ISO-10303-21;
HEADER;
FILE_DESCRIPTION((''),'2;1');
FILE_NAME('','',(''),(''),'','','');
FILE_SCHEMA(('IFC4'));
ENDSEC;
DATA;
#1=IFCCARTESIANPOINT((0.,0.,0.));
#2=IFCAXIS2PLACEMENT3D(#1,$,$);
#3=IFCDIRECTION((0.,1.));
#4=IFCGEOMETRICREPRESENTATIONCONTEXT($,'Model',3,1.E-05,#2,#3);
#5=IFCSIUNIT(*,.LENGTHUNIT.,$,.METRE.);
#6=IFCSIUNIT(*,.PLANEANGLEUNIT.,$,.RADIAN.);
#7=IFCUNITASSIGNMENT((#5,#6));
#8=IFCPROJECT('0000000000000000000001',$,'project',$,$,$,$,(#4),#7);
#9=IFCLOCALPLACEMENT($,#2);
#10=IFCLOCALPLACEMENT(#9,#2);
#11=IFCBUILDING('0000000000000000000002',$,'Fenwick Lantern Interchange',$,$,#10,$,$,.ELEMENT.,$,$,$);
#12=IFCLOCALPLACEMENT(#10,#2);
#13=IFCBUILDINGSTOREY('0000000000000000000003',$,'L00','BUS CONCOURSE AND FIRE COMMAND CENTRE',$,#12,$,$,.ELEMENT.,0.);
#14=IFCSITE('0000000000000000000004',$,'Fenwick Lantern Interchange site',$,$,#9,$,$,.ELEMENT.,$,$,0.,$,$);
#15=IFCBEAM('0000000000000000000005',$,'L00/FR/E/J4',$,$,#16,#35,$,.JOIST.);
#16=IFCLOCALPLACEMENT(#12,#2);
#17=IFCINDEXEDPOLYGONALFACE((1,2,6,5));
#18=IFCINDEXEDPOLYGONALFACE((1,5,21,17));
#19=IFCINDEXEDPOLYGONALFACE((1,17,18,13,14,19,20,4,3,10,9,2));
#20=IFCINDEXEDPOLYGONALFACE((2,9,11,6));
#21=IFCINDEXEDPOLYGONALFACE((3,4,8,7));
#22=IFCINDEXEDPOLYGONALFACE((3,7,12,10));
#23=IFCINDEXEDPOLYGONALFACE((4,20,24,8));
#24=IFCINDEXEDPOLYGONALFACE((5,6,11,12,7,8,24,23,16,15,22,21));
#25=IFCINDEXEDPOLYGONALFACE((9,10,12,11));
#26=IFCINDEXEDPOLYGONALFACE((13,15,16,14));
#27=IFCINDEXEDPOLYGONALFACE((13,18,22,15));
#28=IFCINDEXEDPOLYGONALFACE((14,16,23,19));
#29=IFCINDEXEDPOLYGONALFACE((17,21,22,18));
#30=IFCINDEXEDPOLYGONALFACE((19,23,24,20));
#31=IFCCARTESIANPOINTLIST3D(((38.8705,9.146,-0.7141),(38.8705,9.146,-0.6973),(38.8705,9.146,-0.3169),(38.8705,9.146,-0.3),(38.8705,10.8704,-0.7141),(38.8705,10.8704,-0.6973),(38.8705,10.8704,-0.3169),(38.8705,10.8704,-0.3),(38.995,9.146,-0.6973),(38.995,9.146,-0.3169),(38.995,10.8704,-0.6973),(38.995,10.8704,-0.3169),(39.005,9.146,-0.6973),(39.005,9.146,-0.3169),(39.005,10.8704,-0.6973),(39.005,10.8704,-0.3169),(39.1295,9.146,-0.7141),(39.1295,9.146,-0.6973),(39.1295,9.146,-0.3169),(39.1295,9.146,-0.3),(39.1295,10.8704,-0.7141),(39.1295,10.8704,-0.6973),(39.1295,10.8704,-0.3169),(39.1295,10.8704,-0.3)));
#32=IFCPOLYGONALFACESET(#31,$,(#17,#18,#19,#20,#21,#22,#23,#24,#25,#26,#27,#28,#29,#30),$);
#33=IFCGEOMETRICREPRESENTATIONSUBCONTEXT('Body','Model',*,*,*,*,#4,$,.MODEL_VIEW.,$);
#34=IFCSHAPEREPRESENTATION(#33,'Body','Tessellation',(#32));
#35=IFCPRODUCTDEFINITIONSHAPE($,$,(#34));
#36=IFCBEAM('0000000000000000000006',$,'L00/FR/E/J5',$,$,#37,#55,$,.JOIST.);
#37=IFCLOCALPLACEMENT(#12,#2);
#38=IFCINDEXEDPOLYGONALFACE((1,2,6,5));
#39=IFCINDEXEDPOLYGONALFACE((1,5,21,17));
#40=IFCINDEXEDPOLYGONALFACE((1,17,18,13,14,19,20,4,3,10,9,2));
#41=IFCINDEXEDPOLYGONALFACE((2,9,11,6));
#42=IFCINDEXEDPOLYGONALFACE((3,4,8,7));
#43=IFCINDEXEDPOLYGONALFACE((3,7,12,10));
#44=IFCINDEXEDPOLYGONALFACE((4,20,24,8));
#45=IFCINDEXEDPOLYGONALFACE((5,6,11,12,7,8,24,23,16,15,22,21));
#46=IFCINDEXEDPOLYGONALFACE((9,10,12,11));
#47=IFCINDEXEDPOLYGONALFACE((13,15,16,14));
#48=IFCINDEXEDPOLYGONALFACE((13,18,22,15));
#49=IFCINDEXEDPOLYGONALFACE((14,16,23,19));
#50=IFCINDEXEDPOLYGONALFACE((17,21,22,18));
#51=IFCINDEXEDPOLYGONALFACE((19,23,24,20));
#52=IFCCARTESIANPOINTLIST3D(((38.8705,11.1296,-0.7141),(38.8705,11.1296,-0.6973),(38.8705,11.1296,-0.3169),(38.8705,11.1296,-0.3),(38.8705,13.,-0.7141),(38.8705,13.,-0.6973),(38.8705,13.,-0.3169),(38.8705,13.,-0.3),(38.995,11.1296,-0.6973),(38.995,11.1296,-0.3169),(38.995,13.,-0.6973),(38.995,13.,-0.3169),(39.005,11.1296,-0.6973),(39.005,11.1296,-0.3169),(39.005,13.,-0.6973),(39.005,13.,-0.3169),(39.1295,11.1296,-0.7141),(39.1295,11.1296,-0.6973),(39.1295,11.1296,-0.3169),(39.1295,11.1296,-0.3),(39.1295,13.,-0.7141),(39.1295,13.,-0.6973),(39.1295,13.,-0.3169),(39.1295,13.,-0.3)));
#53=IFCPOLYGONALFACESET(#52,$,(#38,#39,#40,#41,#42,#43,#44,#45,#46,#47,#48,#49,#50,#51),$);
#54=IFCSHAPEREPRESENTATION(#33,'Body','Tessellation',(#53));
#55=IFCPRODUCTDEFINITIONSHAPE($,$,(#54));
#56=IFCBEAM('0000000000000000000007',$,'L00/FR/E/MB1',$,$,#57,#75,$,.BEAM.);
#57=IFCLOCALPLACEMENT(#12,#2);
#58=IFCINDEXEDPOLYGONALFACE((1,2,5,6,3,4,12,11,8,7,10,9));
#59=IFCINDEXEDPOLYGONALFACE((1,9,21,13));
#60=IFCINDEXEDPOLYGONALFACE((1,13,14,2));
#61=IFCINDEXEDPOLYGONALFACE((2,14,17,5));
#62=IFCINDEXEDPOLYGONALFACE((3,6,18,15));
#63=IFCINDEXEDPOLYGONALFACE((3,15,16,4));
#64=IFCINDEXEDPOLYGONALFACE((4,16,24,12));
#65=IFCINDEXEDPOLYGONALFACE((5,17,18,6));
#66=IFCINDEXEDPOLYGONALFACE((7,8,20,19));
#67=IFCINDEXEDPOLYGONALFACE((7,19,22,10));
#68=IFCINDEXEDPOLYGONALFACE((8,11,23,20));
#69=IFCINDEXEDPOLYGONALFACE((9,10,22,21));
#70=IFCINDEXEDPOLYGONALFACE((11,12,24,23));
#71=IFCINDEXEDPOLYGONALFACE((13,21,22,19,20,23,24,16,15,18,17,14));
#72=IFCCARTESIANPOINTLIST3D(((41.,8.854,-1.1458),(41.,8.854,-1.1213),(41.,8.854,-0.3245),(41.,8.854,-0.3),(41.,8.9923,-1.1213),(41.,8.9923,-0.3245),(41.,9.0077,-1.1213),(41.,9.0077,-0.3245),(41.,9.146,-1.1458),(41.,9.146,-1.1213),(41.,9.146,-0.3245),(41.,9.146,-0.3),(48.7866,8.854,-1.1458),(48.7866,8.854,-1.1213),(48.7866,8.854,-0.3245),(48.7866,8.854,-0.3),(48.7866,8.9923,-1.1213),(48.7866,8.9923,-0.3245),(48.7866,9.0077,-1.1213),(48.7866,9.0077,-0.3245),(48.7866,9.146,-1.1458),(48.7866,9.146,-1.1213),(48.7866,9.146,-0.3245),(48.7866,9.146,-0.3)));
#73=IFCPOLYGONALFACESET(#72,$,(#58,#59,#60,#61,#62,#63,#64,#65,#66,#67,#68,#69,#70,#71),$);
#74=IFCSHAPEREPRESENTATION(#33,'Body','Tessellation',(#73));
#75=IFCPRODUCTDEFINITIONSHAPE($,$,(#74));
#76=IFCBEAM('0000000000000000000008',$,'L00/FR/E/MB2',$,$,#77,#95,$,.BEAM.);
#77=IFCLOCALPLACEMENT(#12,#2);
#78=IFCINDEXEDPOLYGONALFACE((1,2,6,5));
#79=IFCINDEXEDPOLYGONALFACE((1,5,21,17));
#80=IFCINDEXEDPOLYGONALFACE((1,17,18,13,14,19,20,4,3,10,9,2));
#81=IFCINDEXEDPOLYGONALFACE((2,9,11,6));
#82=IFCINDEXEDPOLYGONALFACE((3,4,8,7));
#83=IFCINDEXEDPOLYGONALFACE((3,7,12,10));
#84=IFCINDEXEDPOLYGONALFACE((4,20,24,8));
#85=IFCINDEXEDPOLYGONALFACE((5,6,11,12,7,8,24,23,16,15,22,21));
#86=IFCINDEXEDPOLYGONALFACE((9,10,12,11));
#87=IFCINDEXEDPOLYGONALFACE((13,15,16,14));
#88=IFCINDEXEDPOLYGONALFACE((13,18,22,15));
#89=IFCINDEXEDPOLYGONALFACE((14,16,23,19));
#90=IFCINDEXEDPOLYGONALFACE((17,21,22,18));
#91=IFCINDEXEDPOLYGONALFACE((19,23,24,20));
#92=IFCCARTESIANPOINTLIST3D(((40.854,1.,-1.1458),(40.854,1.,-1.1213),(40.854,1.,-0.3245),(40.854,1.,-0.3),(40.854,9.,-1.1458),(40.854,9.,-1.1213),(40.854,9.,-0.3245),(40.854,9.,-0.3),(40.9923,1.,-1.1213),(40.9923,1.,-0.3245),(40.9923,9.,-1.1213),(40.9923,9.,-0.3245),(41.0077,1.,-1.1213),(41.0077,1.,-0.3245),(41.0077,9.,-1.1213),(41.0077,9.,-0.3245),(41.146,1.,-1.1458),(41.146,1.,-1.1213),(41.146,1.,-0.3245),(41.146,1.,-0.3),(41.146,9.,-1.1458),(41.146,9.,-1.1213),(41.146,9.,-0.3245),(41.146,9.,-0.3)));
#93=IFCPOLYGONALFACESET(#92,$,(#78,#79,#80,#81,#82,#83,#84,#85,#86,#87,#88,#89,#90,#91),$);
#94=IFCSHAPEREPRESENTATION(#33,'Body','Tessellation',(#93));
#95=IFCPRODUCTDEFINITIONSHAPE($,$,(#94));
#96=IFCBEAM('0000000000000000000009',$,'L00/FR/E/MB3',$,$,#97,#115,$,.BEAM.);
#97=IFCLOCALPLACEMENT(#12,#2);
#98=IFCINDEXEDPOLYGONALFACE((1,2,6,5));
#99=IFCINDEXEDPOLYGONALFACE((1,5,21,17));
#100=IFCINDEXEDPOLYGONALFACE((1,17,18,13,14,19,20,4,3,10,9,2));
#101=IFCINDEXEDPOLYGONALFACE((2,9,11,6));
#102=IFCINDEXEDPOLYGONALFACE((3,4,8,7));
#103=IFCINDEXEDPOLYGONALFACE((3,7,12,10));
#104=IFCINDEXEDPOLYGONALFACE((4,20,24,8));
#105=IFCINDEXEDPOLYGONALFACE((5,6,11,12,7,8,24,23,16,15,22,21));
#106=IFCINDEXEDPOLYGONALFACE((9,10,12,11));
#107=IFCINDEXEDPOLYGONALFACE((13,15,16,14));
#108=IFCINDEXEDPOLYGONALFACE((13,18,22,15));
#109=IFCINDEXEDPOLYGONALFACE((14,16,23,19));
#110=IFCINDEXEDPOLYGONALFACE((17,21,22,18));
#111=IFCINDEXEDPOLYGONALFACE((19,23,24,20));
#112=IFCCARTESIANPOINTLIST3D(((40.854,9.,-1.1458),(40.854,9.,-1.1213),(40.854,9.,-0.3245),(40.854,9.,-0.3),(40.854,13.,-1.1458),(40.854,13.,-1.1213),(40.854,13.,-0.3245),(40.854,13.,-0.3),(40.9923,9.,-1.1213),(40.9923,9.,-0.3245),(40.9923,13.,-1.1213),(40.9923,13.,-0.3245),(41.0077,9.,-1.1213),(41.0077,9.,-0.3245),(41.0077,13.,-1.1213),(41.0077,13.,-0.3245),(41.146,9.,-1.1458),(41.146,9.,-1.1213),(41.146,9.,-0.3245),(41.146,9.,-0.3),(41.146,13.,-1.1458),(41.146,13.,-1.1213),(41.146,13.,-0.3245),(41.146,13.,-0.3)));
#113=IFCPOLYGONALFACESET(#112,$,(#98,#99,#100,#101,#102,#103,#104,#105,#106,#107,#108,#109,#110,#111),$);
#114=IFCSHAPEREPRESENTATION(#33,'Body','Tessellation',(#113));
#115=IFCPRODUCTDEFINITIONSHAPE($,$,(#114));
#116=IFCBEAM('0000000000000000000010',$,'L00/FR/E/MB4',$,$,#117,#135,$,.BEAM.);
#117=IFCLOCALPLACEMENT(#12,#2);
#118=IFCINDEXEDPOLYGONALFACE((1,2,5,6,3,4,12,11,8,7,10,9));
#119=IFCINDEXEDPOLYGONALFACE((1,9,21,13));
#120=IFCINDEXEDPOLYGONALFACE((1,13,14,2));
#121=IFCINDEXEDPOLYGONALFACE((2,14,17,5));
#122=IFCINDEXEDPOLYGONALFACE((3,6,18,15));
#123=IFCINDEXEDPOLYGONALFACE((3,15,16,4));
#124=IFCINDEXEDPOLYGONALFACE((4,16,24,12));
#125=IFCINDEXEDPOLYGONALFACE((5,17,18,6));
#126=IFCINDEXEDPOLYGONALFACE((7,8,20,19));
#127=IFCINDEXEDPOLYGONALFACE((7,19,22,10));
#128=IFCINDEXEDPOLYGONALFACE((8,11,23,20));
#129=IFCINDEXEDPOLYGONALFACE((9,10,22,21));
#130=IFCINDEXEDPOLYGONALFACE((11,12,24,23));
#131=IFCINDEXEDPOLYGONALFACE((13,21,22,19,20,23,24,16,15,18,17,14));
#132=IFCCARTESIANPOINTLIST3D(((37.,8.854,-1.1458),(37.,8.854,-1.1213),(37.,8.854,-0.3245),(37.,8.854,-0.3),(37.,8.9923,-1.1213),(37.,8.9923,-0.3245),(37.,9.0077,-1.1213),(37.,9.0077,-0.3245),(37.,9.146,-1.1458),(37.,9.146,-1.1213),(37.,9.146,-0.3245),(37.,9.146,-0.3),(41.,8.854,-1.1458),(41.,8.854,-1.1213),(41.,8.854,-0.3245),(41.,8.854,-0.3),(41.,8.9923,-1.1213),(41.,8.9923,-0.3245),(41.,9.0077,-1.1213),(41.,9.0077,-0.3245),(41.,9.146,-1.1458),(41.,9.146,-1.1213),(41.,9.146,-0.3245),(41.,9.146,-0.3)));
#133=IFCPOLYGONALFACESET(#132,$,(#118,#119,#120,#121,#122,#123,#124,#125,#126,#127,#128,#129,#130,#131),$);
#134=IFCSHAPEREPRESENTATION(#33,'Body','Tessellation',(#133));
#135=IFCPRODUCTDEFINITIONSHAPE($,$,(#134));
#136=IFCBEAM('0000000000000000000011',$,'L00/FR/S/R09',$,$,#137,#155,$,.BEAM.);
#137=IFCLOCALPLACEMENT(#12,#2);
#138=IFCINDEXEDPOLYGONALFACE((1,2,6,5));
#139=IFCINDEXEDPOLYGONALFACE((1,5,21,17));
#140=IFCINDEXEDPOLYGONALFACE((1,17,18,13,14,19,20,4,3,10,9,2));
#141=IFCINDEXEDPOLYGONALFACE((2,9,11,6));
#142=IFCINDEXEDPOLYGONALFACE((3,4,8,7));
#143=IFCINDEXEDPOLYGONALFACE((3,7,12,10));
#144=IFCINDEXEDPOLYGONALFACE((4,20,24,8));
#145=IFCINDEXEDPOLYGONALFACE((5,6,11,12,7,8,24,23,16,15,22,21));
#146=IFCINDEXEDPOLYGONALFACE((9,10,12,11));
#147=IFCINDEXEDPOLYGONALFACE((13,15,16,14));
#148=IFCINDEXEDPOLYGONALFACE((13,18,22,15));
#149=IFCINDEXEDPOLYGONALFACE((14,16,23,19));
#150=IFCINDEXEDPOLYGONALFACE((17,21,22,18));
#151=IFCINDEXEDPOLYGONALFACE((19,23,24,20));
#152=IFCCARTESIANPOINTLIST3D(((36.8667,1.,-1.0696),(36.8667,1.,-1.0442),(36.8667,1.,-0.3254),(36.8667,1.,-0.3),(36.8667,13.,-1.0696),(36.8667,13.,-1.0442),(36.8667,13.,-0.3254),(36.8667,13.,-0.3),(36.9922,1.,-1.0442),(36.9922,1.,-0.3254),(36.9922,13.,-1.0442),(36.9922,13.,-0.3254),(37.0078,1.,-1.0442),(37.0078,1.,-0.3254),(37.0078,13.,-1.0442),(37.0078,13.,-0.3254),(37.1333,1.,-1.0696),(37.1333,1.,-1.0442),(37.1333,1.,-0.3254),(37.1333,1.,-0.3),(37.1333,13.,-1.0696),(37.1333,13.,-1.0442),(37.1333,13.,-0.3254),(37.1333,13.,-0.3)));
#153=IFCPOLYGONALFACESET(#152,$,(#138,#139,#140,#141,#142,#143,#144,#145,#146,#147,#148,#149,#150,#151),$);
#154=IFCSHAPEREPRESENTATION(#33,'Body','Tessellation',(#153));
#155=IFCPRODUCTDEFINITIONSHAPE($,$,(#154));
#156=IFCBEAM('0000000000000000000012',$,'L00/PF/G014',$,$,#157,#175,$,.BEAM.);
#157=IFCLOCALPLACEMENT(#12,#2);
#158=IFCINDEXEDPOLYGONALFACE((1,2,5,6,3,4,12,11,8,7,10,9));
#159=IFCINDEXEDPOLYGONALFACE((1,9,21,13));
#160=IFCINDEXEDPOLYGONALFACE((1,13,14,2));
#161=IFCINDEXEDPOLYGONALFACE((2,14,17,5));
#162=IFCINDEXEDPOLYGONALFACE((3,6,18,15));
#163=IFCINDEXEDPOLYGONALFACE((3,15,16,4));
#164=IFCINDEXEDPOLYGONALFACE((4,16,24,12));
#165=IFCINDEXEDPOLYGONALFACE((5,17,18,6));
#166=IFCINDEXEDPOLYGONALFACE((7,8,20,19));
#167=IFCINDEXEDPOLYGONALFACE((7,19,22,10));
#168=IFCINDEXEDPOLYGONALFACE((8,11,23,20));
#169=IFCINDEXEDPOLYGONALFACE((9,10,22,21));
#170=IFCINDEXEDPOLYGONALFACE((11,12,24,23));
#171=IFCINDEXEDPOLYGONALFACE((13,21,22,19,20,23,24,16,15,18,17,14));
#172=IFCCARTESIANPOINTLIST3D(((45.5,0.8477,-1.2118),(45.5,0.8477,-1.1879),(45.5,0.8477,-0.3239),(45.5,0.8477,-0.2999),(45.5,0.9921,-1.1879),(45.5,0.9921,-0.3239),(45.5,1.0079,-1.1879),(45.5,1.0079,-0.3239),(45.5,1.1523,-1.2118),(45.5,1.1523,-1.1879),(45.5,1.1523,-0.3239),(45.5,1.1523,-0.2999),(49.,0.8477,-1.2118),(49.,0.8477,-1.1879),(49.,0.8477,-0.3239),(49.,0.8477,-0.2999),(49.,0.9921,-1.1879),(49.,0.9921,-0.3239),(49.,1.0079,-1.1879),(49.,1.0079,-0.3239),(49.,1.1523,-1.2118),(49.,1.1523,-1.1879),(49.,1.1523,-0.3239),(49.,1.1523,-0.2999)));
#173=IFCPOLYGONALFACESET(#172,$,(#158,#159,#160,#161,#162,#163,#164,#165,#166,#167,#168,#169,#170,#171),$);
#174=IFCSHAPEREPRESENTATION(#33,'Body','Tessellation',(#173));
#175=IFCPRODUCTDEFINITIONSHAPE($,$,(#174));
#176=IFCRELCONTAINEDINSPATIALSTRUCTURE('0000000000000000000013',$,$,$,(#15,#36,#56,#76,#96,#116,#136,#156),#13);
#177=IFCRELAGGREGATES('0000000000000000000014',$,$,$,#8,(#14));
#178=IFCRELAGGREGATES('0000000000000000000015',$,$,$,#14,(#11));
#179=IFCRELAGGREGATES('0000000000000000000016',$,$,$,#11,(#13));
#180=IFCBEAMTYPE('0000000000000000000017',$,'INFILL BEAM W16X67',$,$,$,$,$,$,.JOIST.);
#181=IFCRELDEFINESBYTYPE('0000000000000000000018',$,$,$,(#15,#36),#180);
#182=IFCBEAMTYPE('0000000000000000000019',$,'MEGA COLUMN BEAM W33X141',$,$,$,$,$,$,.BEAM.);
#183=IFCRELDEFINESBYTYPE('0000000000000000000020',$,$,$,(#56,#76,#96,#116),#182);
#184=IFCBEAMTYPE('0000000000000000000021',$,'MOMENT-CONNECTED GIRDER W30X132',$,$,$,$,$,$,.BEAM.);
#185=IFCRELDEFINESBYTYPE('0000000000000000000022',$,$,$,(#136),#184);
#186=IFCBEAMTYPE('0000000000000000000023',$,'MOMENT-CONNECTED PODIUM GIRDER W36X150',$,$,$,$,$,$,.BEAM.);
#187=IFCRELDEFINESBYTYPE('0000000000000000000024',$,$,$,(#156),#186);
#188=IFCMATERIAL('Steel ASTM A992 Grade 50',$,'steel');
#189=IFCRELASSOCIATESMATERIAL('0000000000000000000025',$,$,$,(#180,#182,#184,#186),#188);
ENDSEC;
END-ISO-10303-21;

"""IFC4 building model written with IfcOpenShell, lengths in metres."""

from ifc_helpers import new_model, si_unit, direction, frame, origin, origin_2d, place, context, subcontext, project, spatial, i_section, extrude, material, material_profile, profile_set, type_object, element, save


model = new_model("IFC4")

# Units and contexts
model_context = context("Model", 3, precision=1e-05, world=origin(), true_north=direction((0.0, 1.0)))
body_context = subcontext(model_context, "Body", "Model", "MODEL_VIEW")
ifc_project = project(units=[si_unit("LENGTHUNIT", "METRE"), si_unit("PLANEANGLEUNIT", "RADIAN")], contexts=[model_context])

# Site, building, storey
site_placement = place(None, origin())
site = spatial("IfcSite", under=ifc_project, at=site_placement, Name="Fenwick Lantern Interchange site", CompositionType="ELEMENT", RefElevation=0.0)
building_placement = place(site_placement, origin())
building = spatial("IfcBuilding", under=site, at=building_placement, Name="Fenwick Lantern Interchange", CompositionType="ELEMENT")
storey_placement = place(building_placement, origin())
storey = spatial("IfcBuildingStorey", under=building, at=storey_placement, Name="L00", Description="BUS CONCOURSE AND FIRE COMMAND CENTRE", CompositionType="ELEMENT", Elevation=0.0)

# Beams
ifc_material_1 = material(Name="Steel ASTM A992 Grade 50", Category="steel")
ifc_material_profile_1 = material_profile(ifc_material_1, i_section(OverallWidth=0.259, OverallDepth=0.4141, WebThickness=0.01, FlangeThickness=0.0168, at=origin_2d()), Name="W16X67")
ifc_profile_set_1 = profile_set([ifc_material_profile_1], Name="Steel ASTM A992 Grade 50")
beam_type_1 = type_object("IfcBeamType", Name="INFILL BEAM W16X67", PredefinedType="JOIST", material=ifc_profile_set_1)
beam_1_placement = place(storey_placement, frame((39.0, 9.146, -0.5071), z_axis=(0.0, 1.0, 0.0), x_axis=(-1.0, 0.0, 0.0)))
element("IfcBeam", 1, at=beam_1_placement, inside=storey, type_object=beam_type_1, Name="L00/FR/E/J4", PredefinedType="JOIST", context=body_context, shape_type="SweptSolid", body=[
    extrude(i_section(OverallWidth=0.259, OverallDepth=0.4141, WebThickness=0.01, FlangeThickness=0.0168, at=origin_2d()), origin(), (0.0, 0.0, 1.0), 1.7244),
])
beam_2_placement = place(storey_placement, frame((39.0, 11.1296, -0.5071), z_axis=(0.0, 1.0, 0.0), x_axis=(-1.0, 0.0, 0.0)))
element("IfcBeam", 2, at=beam_2_placement, inside=storey, type_object=beam_type_1, Name="L00/FR/E/J5", PredefinedType="JOIST", context=body_context, shape_type="SweptSolid", body=[
    extrude(i_section(OverallWidth=0.259, OverallDepth=0.4141, WebThickness=0.01, FlangeThickness=0.0168, at=origin_2d()), origin(), (0.0, 0.0, 1.0), 1.8704),
])
ifc_material_profile_2 = material_profile(ifc_material_1, i_section(OverallWidth=0.292, OverallDepth=0.8457, WebThickness=0.0154, FlangeThickness=0.0244, at=origin_2d()), Name="W33X141")
ifc_profile_set_2 = profile_set([ifc_material_profile_2], Name="Steel ASTM A992 Grade 50")
beam_type_2 = type_object("IfcBeamType", Name="MEGA COLUMN BEAM W33X141", PredefinedType="BEAM", material=ifc_profile_set_2)
beam_3_placement = place(storey_placement, frame((41.0, 9.0, -0.7229), z_axis=(1.0, 0.0, 0.0), x_axis=(0.0, 1.0, 0.0)))
element("IfcBeam", 3, at=beam_3_placement, inside=storey, type_object=beam_type_2, Name="L00/FR/E/MB1", PredefinedType="BEAM", context=body_context, shape_type="SweptSolid", body=[
    extrude(i_section(OverallWidth=0.292, OverallDepth=0.8457, WebThickness=0.0154, FlangeThickness=0.0244, at=origin_2d()), origin(), (0.0, 0.0, 1.0), 7.7866),
])
beam_4_placement = place(storey_placement, frame((41.0, 9.0, -0.7229), z_axis=(0.0, -1.0, 0.0), x_axis=(1.0, 0.0, 0.0)))
element("IfcBeam", 4, at=beam_4_placement, inside=storey, type_object=beam_type_2, Name="L00/FR/E/MB2", PredefinedType="BEAM", context=body_context, shape_type="SweptSolid", body=[
    extrude(i_section(OverallWidth=0.292, OverallDepth=0.8457, WebThickness=0.0154, FlangeThickness=0.0244, at=origin_2d()), origin(), (0.0, 0.0, 1.0), 8.0),
])
for number, where, z_axis, x_axis, name in (
    (5, (41.0, 9.0, -0.7229), (0.0, 1.0, 0.0), (-1.0, 0.0, 0.0), "L00/FR/E/MB3"),
    (6, (41.0, 9.0, -0.7229), (-1.0, 0.0, 0.0), (0.0, -1.0, 0.0), "L00/FR/E/MB4"),
):
    element("IfcBeam", number, at=place(storey_placement, frame(where, z_axis=z_axis, x_axis=x_axis)), inside=storey, type_object=beam_type_2, Name=name, PredefinedType="BEAM", context=body_context, shape_type="SweptSolid", body=[
        extrude(i_section(OverallWidth=0.292, OverallDepth=0.8457, WebThickness=0.0154, FlangeThickness=0.0244, at=origin_2d()), origin(), (0.0, 0.0, 1.0), 4.0),
    ])
ifc_material_profile_3 = material_profile(ifc_material_1, i_section(OverallWidth=0.2666, OverallDepth=0.7695, WebThickness=0.0156, FlangeThickness=0.0254, at=origin_2d()), Name="W30X132")
ifc_profile_set_3 = profile_set([ifc_material_profile_3], Name="Steel ASTM A992 Grade 50")
beam_type_3 = type_object("IfcBeamType", Name="MOMENT-CONNECTED GIRDER W30X132", PredefinedType="BEAM", material=ifc_profile_set_3)
beam_5_placement = place(storey_placement, frame((37.0, 1.0, -0.6848), z_axis=(0.0, 1.0, 0.0), x_axis=(-1.0, 0.0, 0.0)))
element("IfcBeam", 7, at=beam_5_placement, inside=storey, type_object=beam_type_3, Name="L00/FR/S/R09", PredefinedType="BEAM", context=body_context, shape_type="SweptSolid", body=[
    extrude(i_section(OverallWidth=0.2666, OverallDepth=0.7695, WebThickness=0.0156, FlangeThickness=0.0254, at=origin_2d()), origin(), (0.0, 0.0, 1.0), 12.0),
])
ifc_material_profile_4 = material_profile(ifc_material_1, i_section(OverallWidth=0.3047, OverallDepth=0.9119, WebThickness=0.0159, FlangeThickness=0.0239, at=origin_2d()), Name="W36X150")
ifc_profile_set_4 = profile_set([ifc_material_profile_4], Name="Steel ASTM A992 Grade 50")
beam_type_4 = type_object("IfcBeamType", Name="MOMENT-CONNECTED PODIUM GIRDER W36X150", PredefinedType="BEAM", material=ifc_profile_set_4)
beam_6_placement = place(storey_placement, frame((45.5, 1.0, -0.7559), z_axis=(1.0, 0.0, 0.0), x_axis=(0.0, 1.0, 0.0)))
element("IfcBeam", 8, at=beam_6_placement, inside=storey, type_object=beam_type_4, Name="L00/PF/G014", PredefinedType="BEAM", context=body_context, shape_type="SweptSolid", body=[
    extrude(i_section(OverallWidth=0.3047, OverallDepth=0.9119, WebThickness=0.0159, FlangeThickness=0.0239, at=origin_2d()), origin(), (0.0, 0.0, 1.0), 3.5),
])

save(model, "model.ifc")
